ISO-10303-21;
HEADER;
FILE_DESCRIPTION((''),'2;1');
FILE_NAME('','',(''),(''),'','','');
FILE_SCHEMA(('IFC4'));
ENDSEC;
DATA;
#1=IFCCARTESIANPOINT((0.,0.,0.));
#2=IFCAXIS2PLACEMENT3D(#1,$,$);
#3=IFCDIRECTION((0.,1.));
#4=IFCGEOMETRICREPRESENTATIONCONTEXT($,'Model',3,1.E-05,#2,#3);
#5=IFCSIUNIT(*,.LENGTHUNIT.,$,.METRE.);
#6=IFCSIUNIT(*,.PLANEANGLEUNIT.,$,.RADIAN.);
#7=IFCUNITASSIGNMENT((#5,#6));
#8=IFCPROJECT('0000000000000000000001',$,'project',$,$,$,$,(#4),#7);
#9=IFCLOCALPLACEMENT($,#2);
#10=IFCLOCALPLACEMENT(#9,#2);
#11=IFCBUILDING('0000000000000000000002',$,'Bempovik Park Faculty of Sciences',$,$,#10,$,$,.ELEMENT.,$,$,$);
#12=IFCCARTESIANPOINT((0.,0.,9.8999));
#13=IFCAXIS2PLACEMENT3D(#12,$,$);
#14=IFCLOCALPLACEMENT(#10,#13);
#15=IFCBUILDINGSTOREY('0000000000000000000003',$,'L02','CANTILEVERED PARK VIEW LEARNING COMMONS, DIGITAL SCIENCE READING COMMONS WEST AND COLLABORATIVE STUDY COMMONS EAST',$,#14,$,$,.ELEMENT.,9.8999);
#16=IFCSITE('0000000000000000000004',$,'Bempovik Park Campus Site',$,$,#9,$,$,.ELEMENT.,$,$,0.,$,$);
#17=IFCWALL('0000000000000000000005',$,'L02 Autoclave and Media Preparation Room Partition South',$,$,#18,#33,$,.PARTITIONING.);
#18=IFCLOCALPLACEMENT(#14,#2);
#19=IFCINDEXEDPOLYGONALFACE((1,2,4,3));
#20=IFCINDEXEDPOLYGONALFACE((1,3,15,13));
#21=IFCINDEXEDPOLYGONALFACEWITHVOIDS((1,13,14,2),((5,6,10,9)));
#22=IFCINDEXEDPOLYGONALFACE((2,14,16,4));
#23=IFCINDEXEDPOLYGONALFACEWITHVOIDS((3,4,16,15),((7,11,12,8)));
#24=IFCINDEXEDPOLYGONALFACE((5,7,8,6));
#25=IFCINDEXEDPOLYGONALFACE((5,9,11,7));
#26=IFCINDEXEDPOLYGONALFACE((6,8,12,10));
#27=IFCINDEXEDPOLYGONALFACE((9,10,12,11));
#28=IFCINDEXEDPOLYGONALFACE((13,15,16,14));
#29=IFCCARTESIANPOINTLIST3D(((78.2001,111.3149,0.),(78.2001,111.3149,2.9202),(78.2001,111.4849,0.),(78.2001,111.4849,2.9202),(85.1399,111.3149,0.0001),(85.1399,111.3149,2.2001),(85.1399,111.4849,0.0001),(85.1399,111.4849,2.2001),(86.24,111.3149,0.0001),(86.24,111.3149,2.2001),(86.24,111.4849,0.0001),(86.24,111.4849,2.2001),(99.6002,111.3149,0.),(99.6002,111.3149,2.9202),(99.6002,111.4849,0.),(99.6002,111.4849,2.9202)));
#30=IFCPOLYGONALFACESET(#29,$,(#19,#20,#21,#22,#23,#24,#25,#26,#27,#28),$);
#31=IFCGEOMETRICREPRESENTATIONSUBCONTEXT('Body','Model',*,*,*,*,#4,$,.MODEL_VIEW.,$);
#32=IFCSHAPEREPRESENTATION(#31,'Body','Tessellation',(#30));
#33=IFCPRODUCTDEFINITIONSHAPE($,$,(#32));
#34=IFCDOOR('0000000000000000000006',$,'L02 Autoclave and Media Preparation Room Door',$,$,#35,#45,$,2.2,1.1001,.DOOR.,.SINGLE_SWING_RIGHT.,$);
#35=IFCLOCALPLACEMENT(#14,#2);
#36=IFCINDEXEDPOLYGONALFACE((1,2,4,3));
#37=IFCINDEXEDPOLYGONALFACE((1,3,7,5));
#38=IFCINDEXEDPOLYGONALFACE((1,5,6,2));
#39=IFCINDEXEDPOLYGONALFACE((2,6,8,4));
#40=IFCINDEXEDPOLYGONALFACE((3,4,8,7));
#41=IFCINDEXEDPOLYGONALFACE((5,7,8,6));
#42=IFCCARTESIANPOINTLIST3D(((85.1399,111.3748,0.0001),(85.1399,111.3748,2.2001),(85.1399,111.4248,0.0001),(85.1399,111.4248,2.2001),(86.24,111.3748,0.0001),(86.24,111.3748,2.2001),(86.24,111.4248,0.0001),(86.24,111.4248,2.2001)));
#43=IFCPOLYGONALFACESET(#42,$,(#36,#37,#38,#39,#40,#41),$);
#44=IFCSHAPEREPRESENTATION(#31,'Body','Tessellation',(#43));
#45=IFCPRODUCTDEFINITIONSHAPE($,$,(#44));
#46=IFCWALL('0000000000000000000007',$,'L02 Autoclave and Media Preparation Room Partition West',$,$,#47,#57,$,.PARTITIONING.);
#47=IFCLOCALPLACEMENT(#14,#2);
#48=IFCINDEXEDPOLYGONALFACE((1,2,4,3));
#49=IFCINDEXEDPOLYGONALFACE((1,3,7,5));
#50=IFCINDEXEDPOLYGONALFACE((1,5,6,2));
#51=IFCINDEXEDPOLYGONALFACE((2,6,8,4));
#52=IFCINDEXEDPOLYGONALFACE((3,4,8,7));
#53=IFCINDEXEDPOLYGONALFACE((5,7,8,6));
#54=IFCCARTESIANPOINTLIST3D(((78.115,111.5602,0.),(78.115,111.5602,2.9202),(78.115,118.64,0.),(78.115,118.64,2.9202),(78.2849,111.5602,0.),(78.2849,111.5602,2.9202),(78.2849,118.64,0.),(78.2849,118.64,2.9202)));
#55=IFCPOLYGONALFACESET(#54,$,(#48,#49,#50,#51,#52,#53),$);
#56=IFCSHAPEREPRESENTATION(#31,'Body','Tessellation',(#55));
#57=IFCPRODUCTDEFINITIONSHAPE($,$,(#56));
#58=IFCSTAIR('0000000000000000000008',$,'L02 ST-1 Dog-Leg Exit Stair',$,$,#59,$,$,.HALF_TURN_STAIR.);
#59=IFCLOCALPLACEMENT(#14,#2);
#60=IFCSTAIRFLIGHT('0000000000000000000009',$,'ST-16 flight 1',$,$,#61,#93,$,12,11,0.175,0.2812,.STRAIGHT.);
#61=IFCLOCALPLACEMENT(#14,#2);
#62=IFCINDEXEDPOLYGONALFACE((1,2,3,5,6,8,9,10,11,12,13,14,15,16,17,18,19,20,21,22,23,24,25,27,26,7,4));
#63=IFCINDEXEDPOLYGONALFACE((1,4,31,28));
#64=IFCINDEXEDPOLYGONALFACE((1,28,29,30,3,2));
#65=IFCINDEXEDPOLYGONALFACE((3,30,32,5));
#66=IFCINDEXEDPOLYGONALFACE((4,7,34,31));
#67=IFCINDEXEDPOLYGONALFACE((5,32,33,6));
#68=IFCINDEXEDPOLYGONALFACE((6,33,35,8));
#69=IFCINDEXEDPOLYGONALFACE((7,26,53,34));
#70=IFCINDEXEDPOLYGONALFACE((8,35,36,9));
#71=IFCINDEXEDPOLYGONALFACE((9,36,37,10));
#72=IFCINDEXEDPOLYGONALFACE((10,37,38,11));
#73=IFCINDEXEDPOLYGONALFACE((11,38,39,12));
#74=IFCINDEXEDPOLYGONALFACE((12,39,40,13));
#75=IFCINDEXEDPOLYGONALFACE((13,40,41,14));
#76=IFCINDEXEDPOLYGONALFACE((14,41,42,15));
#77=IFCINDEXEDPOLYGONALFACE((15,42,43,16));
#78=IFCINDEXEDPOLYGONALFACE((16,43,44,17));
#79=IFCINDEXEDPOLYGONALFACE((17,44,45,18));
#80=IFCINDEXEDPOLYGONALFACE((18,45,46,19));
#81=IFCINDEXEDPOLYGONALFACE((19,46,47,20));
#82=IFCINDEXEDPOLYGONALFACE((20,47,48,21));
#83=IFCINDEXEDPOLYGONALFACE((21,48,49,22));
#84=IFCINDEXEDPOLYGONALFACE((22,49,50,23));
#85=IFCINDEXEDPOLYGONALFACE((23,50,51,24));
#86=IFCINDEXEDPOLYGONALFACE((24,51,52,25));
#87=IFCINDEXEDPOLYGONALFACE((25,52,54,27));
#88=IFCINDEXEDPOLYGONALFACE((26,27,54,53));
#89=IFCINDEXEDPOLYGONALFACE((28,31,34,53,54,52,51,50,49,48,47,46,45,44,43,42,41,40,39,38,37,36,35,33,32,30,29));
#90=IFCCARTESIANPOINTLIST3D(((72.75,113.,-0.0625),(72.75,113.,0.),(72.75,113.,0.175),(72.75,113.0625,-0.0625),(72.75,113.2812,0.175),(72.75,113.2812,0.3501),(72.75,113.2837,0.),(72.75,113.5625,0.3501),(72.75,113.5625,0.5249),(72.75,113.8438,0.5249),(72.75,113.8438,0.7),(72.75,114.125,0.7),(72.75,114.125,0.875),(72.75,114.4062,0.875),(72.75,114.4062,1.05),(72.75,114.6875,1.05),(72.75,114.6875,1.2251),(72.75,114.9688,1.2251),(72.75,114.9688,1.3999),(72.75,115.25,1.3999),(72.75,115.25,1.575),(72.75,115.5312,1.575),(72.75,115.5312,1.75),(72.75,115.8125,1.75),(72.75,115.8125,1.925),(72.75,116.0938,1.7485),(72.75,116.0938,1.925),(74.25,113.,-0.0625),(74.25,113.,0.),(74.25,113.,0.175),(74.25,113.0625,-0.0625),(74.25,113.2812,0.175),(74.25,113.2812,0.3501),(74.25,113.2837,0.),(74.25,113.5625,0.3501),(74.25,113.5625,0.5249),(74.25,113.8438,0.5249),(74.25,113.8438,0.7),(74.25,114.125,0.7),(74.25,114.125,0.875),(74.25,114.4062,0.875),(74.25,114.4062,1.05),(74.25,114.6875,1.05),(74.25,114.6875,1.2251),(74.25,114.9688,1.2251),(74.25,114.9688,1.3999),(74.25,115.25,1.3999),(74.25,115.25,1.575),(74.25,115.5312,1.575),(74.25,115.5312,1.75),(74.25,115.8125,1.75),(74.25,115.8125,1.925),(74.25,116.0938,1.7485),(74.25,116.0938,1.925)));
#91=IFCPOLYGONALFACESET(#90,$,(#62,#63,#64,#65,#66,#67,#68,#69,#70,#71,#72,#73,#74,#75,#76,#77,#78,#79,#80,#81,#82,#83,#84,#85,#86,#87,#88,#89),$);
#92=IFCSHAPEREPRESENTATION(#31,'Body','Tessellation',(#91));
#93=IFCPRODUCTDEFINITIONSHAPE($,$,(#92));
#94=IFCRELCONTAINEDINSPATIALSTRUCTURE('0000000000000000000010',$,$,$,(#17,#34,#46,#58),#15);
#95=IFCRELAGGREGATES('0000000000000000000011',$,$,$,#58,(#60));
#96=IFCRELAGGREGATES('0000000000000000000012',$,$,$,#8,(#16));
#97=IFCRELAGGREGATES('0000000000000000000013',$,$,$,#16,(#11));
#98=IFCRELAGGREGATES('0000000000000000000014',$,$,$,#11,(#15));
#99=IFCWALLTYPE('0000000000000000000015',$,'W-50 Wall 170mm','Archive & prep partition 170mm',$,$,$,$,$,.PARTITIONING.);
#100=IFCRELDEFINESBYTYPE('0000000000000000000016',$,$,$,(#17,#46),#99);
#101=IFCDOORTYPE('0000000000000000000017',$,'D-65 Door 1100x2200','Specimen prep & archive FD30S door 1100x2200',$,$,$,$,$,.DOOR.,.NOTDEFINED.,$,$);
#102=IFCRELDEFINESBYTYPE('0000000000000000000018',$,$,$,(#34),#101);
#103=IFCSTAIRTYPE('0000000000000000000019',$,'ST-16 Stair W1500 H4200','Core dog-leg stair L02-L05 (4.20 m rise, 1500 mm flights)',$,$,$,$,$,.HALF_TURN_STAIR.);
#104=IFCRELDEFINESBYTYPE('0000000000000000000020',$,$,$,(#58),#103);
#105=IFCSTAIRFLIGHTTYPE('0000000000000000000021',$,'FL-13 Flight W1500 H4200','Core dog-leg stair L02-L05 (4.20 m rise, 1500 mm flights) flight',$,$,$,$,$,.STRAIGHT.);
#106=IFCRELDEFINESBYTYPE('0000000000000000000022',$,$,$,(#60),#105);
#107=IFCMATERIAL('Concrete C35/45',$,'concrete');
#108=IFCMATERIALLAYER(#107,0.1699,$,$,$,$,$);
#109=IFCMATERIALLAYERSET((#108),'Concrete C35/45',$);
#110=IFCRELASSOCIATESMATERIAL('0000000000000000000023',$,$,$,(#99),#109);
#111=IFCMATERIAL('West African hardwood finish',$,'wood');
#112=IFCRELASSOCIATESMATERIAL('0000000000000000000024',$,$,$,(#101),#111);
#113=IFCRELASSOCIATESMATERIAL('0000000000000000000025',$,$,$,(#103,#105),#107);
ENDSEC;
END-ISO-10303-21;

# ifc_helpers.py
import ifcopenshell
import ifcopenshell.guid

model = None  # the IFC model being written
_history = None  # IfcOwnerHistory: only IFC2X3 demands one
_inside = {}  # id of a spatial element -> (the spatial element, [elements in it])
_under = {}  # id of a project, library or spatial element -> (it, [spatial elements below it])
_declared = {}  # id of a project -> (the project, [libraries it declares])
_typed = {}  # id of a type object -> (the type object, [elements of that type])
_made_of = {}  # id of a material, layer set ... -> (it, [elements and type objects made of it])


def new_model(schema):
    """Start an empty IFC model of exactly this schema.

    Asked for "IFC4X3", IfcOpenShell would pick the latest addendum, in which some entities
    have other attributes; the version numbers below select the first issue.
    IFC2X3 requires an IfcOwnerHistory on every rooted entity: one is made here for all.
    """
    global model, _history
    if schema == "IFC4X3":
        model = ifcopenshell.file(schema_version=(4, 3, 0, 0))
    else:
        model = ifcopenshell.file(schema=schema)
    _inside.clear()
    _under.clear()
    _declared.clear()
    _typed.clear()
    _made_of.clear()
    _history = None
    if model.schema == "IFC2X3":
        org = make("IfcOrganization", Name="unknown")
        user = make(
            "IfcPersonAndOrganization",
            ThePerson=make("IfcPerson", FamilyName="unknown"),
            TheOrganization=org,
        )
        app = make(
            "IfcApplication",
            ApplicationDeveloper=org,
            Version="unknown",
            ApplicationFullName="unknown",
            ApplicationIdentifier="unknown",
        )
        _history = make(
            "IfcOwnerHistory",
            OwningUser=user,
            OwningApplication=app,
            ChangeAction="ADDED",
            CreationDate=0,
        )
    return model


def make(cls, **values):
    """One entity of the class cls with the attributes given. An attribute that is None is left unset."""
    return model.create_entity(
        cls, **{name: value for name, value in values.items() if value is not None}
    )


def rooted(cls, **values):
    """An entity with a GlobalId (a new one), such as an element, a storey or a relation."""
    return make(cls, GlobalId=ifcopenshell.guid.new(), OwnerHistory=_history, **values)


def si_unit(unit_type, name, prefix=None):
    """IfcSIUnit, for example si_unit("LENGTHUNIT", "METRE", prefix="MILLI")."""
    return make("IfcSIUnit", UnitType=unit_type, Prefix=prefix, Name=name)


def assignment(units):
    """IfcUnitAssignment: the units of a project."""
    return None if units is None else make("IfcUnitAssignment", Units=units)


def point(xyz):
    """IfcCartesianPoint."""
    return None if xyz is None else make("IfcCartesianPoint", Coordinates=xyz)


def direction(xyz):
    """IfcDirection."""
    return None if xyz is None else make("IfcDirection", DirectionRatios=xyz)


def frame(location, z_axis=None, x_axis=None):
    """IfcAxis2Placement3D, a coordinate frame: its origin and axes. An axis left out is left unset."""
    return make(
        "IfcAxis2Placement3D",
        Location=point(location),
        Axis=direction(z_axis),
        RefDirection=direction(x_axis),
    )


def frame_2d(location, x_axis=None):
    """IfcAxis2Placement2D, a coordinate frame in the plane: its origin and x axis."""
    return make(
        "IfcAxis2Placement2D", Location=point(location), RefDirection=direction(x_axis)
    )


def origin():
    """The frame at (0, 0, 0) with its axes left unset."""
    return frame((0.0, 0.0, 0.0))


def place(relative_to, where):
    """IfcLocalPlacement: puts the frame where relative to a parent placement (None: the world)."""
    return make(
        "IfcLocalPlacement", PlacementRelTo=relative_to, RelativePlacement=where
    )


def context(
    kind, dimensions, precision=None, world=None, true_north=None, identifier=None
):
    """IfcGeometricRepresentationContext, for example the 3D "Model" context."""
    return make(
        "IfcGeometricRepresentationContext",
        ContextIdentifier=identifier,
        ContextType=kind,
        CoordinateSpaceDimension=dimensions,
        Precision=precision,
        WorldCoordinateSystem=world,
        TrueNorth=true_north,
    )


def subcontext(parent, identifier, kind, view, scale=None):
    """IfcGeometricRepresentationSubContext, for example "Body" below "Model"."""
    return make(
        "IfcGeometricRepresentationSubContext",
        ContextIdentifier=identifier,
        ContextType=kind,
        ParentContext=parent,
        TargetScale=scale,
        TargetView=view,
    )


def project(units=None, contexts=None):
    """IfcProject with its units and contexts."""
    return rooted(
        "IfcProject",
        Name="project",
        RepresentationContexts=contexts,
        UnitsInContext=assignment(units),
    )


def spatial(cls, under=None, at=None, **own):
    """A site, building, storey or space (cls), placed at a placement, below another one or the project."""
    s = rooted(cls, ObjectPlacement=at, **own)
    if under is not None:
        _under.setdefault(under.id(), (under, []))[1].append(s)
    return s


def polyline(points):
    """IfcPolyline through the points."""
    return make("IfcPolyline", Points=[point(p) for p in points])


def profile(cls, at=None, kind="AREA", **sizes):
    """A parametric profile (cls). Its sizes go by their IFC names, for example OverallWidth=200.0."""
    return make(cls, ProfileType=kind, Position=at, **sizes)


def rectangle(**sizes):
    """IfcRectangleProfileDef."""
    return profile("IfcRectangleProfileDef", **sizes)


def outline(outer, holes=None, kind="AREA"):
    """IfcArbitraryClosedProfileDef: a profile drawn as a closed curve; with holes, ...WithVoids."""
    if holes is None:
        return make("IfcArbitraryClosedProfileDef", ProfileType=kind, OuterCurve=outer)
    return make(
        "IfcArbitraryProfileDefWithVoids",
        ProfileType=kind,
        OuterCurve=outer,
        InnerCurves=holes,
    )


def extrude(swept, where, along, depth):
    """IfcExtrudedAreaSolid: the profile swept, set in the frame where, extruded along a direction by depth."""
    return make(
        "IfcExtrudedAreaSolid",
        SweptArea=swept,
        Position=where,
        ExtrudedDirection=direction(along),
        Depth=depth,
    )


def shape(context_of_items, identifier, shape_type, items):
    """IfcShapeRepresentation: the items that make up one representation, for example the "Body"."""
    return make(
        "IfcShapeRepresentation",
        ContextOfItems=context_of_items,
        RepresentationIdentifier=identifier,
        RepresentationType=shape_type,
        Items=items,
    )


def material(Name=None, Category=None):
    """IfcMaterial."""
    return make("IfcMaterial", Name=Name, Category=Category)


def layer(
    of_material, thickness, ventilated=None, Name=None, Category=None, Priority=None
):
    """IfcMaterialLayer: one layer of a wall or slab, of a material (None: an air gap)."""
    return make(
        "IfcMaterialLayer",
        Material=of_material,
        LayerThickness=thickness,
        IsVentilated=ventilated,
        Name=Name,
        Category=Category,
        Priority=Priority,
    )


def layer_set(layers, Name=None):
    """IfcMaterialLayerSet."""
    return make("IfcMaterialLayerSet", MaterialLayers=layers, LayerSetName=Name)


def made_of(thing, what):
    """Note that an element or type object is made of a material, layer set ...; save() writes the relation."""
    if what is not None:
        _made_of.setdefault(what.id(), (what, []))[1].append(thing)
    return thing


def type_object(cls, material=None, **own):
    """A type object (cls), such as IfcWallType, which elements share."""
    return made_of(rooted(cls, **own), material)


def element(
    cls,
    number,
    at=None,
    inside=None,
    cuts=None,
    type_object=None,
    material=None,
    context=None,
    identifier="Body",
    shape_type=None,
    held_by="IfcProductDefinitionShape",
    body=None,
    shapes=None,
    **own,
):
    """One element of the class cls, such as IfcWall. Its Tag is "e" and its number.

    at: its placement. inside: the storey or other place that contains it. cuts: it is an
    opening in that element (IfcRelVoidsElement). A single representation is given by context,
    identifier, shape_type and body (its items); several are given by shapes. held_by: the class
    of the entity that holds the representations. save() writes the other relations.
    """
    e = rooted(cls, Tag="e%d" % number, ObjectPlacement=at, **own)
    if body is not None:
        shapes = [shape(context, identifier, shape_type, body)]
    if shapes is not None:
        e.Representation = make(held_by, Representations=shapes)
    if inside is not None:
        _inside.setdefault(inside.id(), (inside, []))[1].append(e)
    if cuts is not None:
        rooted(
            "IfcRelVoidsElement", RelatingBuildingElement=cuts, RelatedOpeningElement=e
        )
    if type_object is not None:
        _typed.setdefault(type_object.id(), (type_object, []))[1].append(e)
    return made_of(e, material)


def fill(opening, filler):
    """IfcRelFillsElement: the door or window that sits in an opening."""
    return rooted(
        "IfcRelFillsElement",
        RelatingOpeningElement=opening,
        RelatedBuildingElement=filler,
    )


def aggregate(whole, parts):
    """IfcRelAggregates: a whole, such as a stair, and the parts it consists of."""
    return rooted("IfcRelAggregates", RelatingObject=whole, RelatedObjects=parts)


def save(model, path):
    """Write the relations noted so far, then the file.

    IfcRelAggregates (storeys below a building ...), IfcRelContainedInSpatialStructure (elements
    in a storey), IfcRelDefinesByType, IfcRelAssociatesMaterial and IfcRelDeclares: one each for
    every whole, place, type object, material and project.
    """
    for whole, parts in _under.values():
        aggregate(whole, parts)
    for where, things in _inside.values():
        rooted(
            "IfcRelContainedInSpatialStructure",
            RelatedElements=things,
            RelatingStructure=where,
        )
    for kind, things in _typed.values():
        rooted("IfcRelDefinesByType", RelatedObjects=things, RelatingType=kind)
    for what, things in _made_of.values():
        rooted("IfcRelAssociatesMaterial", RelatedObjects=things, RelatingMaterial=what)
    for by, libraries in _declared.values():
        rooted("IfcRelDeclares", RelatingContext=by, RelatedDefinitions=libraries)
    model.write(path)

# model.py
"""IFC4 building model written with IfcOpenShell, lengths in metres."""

from ifc_helpers import new_model, si_unit, direction, frame, frame_2d, origin, place, context, subcontext, project, spatial, polyline, rectangle, outline, extrude, material, layer, layer_set, type_object, element, fill, aggregate, save


model = new_model("IFC4")

# Units and contexts
model_context = context("Model", 3, precision=1e-05, world=origin(), true_north=direction((0.0, 1.0)))
body_context = subcontext(model_context, "Body", "Model", "MODEL_VIEW")
ifc_project = project(units=[si_unit("LENGTHUNIT", "METRE"), si_unit("PLANEANGLEUNIT", "RADIAN")], contexts=[model_context])

# Site, building, storey
site_placement = place(None, origin())
site = spatial("IfcSite", under=ifc_project, at=site_placement, Name="Bempovik Park Campus Site", CompositionType="ELEMENT", RefElevation=0.0)
building_placement = place(site_placement, origin())
building = spatial("IfcBuilding", under=site, at=building_placement, Name="Bempovik Park Faculty of Sciences", CompositionType="ELEMENT")
storey_placement = place(building_placement, frame((0.0, 0.0, 9.8999)))
storey = spatial("IfcBuildingStorey", under=building, at=storey_placement, Name="L02", Description="CANTILEVERED PARK VIEW LEARNING COMMONS, DIGITAL SCIENCE READING COMMONS WEST AND COLLABORATIVE STUDY COMMONS EAST", CompositionType="ELEMENT", Elevation=9.8999)

# Shared definitions
ifc_material_1 = material(Name="Concrete C35/45", Category="concrete")

# Wall, opening, door
ifc_layer_1 = layer(ifc_material_1, 0.1699)
ifc_layer_set_1 = layer_set([ifc_layer_1], Name="Concrete C35/45")
wall_type_1 = type_object("IfcWallType", Name="W-50 Wall 170mm", Description="Archive & prep partition 170mm", PredefinedType="PARTITIONING", material=ifc_layer_set_1)
wall_1_placement = place(storey_placement, frame((78.2, 111.3999, 0.0), z_axis=(0.0, 0.0, 1.0), x_axis=(1.0, 0.0, 0.0)))
wall_1 = element("IfcWall", 1, at=wall_1_placement, inside=storey, type_object=wall_type_1, Name="L02 Autoclave and Media Preparation Room Partition South", PredefinedType="PARTITIONING", context=body_context, shape_type="SweptSolid", body=[
    extrude(rectangle(XDim=21.4001, YDim=0.1699, at=frame_2d((10.7002, 0.0))), origin(), (0.0, 0.0, 1.0), 2.9202),
])
opening_1_placement = place(wall_1_placement, frame((6.9399, 0.0, 0.0)))
opening_1 = element("IfcOpeningElement", 2, at=opening_1_placement, cuts=wall_1, PredefinedType="OPENING", context=body_context, shape_type="SweptSolid", body=[
    extrude(rectangle(XDim=1.1001, YDim=2.2, at=frame_2d((0.55, 1.1001))), frame((0.0, 0.095, 0.0), z_axis=(0.0, -1.0, 0.0), x_axis=(1.0, 0.0, 0.0)), (0.0, 0.0, 1.0), 0.1899),
])
ifc_material_2 = material(Name="West African hardwood finish", Category="wood")
door_type_1 = type_object("IfcDoorType", Name="D-65 Door 1100x2200", Description="Specimen prep & archive FD30S door 1100x2200", OperationType="NOTDEFINED", PredefinedType="DOOR", material=ifc_material_2)
door_1_placement = place(opening_1_placement, origin())
door_1 = element("IfcDoor", 3, at=door_1_placement, inside=storey, type_object=door_type_1, Name="L02 Autoclave and Media Preparation Room Door", OperationType="SINGLE_SWING_RIGHT", OverallHeight=2.2, OverallWidth=1.1001, PredefinedType="DOOR", context=body_context, shape_type="SweptSolid", body=[
    extrude(rectangle(XDim=1.1001, YDim=2.2, at=frame_2d((0.55, 1.1001))), frame((0.0, 0.0249, 0.0), z_axis=(0.0, -1.0, 0.0), x_axis=(1.0, 0.0, 0.0)), (0.0, 0.0, 1.0), 0.05),
])
fill(opening_1, door_1)

# Wall
wall_2_placement = place(storey_placement, frame((78.2, 111.5601, 0.0), z_axis=(0.0, 0.0, 1.0), x_axis=(0.0, 1.0, 0.0)))
element("IfcWall", 4, at=wall_2_placement, inside=storey, type_object=wall_type_1, Name="L02 Autoclave and Media Preparation Room Partition West", PredefinedType="PARTITIONING", context=body_context, shape_type="SweptSolid", body=[
    extrude(rectangle(XDim=7.0798, YDim=0.1699, at=frame_2d((3.54, 0.0))), origin(), (0.0, 0.0, 1.0), 2.9202),
])

# Stair, stair flight
stair_type = type_object("IfcStairType", Name="ST-16 Stair W1500 H4200", Description="Core dog-leg stair L02-L05 (4.20 m rise, 1500 mm flights)", PredefinedType="HALF_TURN_STAIR", material=ifc_material_1)
stair_placement = place(storey_placement, origin())
stair = element("IfcStair", 5, at=stair_placement, inside=storey, type_object=stair_type, Name="L02 ST-1 Dog-Leg Exit Stair", PredefinedType="HALF_TURN_STAIR")
stair_flight_type = type_object("IfcStairFlightType", Name="FL-13 Flight W1500 H4200", Description="Core dog-leg stair L02-L05 (4.20 m rise, 1500 mm flights) flight", PredefinedType="STRAIGHT", material=ifc_material_1)
stair_flight_placement = place(storey_placement, frame((73.5, 113.0, 0.0), z_axis=(0.0, 0.0, 1.0), x_axis=(0.0, 1.0, 0.0)))
stair_flight = element("IfcStairFlight", 6, at=stair_flight_placement, type_object=stair_flight_type, Name="ST-16 flight 1", NumberOfRisers=12, NumberOfTreads=11, PredefinedType="STRAIGHT", RiserHeight=0.175, TreadLength=0.2812, context=body_context, shape_type="SweptSolid", body=[
    extrude(outline(polyline([(0.0, 0.0), (0.0, 0.175), (0.2812, 0.175), (0.2812, 0.3501), (0.5625, 0.3501), (0.5625, 0.5249), (0.8438, 0.5249), (0.8438, 0.7), (1.125, 0.7), (1.125, 0.875), (1.4062, 0.875), (1.4062, 1.05), (1.6875, 1.05), (1.6875, 1.2251), (1.9688, 1.2251), (1.9688, 1.3999), (2.25, 1.3999), (2.25, 1.575), (2.5312, 1.575), (2.5312, 1.75), (2.8125, 1.75), (2.8125, 1.925), (3.0938, 1.925), (3.0938, 2.1001), (3.0938, 1.7485), (0.2837, 0.0), (0.0625, -0.0625), (0.0, -0.0625), (0.0, 0.0)])), frame((0.0, 0.75, 0.0), z_axis=(0.0, -1.0, 0.0), x_axis=(1.0, 0.0, 0.0)), (0.0, 0.0, 1.0), 1.5),
])
aggregate(stair, [stair_flight])

save(model, "model.ifc")
